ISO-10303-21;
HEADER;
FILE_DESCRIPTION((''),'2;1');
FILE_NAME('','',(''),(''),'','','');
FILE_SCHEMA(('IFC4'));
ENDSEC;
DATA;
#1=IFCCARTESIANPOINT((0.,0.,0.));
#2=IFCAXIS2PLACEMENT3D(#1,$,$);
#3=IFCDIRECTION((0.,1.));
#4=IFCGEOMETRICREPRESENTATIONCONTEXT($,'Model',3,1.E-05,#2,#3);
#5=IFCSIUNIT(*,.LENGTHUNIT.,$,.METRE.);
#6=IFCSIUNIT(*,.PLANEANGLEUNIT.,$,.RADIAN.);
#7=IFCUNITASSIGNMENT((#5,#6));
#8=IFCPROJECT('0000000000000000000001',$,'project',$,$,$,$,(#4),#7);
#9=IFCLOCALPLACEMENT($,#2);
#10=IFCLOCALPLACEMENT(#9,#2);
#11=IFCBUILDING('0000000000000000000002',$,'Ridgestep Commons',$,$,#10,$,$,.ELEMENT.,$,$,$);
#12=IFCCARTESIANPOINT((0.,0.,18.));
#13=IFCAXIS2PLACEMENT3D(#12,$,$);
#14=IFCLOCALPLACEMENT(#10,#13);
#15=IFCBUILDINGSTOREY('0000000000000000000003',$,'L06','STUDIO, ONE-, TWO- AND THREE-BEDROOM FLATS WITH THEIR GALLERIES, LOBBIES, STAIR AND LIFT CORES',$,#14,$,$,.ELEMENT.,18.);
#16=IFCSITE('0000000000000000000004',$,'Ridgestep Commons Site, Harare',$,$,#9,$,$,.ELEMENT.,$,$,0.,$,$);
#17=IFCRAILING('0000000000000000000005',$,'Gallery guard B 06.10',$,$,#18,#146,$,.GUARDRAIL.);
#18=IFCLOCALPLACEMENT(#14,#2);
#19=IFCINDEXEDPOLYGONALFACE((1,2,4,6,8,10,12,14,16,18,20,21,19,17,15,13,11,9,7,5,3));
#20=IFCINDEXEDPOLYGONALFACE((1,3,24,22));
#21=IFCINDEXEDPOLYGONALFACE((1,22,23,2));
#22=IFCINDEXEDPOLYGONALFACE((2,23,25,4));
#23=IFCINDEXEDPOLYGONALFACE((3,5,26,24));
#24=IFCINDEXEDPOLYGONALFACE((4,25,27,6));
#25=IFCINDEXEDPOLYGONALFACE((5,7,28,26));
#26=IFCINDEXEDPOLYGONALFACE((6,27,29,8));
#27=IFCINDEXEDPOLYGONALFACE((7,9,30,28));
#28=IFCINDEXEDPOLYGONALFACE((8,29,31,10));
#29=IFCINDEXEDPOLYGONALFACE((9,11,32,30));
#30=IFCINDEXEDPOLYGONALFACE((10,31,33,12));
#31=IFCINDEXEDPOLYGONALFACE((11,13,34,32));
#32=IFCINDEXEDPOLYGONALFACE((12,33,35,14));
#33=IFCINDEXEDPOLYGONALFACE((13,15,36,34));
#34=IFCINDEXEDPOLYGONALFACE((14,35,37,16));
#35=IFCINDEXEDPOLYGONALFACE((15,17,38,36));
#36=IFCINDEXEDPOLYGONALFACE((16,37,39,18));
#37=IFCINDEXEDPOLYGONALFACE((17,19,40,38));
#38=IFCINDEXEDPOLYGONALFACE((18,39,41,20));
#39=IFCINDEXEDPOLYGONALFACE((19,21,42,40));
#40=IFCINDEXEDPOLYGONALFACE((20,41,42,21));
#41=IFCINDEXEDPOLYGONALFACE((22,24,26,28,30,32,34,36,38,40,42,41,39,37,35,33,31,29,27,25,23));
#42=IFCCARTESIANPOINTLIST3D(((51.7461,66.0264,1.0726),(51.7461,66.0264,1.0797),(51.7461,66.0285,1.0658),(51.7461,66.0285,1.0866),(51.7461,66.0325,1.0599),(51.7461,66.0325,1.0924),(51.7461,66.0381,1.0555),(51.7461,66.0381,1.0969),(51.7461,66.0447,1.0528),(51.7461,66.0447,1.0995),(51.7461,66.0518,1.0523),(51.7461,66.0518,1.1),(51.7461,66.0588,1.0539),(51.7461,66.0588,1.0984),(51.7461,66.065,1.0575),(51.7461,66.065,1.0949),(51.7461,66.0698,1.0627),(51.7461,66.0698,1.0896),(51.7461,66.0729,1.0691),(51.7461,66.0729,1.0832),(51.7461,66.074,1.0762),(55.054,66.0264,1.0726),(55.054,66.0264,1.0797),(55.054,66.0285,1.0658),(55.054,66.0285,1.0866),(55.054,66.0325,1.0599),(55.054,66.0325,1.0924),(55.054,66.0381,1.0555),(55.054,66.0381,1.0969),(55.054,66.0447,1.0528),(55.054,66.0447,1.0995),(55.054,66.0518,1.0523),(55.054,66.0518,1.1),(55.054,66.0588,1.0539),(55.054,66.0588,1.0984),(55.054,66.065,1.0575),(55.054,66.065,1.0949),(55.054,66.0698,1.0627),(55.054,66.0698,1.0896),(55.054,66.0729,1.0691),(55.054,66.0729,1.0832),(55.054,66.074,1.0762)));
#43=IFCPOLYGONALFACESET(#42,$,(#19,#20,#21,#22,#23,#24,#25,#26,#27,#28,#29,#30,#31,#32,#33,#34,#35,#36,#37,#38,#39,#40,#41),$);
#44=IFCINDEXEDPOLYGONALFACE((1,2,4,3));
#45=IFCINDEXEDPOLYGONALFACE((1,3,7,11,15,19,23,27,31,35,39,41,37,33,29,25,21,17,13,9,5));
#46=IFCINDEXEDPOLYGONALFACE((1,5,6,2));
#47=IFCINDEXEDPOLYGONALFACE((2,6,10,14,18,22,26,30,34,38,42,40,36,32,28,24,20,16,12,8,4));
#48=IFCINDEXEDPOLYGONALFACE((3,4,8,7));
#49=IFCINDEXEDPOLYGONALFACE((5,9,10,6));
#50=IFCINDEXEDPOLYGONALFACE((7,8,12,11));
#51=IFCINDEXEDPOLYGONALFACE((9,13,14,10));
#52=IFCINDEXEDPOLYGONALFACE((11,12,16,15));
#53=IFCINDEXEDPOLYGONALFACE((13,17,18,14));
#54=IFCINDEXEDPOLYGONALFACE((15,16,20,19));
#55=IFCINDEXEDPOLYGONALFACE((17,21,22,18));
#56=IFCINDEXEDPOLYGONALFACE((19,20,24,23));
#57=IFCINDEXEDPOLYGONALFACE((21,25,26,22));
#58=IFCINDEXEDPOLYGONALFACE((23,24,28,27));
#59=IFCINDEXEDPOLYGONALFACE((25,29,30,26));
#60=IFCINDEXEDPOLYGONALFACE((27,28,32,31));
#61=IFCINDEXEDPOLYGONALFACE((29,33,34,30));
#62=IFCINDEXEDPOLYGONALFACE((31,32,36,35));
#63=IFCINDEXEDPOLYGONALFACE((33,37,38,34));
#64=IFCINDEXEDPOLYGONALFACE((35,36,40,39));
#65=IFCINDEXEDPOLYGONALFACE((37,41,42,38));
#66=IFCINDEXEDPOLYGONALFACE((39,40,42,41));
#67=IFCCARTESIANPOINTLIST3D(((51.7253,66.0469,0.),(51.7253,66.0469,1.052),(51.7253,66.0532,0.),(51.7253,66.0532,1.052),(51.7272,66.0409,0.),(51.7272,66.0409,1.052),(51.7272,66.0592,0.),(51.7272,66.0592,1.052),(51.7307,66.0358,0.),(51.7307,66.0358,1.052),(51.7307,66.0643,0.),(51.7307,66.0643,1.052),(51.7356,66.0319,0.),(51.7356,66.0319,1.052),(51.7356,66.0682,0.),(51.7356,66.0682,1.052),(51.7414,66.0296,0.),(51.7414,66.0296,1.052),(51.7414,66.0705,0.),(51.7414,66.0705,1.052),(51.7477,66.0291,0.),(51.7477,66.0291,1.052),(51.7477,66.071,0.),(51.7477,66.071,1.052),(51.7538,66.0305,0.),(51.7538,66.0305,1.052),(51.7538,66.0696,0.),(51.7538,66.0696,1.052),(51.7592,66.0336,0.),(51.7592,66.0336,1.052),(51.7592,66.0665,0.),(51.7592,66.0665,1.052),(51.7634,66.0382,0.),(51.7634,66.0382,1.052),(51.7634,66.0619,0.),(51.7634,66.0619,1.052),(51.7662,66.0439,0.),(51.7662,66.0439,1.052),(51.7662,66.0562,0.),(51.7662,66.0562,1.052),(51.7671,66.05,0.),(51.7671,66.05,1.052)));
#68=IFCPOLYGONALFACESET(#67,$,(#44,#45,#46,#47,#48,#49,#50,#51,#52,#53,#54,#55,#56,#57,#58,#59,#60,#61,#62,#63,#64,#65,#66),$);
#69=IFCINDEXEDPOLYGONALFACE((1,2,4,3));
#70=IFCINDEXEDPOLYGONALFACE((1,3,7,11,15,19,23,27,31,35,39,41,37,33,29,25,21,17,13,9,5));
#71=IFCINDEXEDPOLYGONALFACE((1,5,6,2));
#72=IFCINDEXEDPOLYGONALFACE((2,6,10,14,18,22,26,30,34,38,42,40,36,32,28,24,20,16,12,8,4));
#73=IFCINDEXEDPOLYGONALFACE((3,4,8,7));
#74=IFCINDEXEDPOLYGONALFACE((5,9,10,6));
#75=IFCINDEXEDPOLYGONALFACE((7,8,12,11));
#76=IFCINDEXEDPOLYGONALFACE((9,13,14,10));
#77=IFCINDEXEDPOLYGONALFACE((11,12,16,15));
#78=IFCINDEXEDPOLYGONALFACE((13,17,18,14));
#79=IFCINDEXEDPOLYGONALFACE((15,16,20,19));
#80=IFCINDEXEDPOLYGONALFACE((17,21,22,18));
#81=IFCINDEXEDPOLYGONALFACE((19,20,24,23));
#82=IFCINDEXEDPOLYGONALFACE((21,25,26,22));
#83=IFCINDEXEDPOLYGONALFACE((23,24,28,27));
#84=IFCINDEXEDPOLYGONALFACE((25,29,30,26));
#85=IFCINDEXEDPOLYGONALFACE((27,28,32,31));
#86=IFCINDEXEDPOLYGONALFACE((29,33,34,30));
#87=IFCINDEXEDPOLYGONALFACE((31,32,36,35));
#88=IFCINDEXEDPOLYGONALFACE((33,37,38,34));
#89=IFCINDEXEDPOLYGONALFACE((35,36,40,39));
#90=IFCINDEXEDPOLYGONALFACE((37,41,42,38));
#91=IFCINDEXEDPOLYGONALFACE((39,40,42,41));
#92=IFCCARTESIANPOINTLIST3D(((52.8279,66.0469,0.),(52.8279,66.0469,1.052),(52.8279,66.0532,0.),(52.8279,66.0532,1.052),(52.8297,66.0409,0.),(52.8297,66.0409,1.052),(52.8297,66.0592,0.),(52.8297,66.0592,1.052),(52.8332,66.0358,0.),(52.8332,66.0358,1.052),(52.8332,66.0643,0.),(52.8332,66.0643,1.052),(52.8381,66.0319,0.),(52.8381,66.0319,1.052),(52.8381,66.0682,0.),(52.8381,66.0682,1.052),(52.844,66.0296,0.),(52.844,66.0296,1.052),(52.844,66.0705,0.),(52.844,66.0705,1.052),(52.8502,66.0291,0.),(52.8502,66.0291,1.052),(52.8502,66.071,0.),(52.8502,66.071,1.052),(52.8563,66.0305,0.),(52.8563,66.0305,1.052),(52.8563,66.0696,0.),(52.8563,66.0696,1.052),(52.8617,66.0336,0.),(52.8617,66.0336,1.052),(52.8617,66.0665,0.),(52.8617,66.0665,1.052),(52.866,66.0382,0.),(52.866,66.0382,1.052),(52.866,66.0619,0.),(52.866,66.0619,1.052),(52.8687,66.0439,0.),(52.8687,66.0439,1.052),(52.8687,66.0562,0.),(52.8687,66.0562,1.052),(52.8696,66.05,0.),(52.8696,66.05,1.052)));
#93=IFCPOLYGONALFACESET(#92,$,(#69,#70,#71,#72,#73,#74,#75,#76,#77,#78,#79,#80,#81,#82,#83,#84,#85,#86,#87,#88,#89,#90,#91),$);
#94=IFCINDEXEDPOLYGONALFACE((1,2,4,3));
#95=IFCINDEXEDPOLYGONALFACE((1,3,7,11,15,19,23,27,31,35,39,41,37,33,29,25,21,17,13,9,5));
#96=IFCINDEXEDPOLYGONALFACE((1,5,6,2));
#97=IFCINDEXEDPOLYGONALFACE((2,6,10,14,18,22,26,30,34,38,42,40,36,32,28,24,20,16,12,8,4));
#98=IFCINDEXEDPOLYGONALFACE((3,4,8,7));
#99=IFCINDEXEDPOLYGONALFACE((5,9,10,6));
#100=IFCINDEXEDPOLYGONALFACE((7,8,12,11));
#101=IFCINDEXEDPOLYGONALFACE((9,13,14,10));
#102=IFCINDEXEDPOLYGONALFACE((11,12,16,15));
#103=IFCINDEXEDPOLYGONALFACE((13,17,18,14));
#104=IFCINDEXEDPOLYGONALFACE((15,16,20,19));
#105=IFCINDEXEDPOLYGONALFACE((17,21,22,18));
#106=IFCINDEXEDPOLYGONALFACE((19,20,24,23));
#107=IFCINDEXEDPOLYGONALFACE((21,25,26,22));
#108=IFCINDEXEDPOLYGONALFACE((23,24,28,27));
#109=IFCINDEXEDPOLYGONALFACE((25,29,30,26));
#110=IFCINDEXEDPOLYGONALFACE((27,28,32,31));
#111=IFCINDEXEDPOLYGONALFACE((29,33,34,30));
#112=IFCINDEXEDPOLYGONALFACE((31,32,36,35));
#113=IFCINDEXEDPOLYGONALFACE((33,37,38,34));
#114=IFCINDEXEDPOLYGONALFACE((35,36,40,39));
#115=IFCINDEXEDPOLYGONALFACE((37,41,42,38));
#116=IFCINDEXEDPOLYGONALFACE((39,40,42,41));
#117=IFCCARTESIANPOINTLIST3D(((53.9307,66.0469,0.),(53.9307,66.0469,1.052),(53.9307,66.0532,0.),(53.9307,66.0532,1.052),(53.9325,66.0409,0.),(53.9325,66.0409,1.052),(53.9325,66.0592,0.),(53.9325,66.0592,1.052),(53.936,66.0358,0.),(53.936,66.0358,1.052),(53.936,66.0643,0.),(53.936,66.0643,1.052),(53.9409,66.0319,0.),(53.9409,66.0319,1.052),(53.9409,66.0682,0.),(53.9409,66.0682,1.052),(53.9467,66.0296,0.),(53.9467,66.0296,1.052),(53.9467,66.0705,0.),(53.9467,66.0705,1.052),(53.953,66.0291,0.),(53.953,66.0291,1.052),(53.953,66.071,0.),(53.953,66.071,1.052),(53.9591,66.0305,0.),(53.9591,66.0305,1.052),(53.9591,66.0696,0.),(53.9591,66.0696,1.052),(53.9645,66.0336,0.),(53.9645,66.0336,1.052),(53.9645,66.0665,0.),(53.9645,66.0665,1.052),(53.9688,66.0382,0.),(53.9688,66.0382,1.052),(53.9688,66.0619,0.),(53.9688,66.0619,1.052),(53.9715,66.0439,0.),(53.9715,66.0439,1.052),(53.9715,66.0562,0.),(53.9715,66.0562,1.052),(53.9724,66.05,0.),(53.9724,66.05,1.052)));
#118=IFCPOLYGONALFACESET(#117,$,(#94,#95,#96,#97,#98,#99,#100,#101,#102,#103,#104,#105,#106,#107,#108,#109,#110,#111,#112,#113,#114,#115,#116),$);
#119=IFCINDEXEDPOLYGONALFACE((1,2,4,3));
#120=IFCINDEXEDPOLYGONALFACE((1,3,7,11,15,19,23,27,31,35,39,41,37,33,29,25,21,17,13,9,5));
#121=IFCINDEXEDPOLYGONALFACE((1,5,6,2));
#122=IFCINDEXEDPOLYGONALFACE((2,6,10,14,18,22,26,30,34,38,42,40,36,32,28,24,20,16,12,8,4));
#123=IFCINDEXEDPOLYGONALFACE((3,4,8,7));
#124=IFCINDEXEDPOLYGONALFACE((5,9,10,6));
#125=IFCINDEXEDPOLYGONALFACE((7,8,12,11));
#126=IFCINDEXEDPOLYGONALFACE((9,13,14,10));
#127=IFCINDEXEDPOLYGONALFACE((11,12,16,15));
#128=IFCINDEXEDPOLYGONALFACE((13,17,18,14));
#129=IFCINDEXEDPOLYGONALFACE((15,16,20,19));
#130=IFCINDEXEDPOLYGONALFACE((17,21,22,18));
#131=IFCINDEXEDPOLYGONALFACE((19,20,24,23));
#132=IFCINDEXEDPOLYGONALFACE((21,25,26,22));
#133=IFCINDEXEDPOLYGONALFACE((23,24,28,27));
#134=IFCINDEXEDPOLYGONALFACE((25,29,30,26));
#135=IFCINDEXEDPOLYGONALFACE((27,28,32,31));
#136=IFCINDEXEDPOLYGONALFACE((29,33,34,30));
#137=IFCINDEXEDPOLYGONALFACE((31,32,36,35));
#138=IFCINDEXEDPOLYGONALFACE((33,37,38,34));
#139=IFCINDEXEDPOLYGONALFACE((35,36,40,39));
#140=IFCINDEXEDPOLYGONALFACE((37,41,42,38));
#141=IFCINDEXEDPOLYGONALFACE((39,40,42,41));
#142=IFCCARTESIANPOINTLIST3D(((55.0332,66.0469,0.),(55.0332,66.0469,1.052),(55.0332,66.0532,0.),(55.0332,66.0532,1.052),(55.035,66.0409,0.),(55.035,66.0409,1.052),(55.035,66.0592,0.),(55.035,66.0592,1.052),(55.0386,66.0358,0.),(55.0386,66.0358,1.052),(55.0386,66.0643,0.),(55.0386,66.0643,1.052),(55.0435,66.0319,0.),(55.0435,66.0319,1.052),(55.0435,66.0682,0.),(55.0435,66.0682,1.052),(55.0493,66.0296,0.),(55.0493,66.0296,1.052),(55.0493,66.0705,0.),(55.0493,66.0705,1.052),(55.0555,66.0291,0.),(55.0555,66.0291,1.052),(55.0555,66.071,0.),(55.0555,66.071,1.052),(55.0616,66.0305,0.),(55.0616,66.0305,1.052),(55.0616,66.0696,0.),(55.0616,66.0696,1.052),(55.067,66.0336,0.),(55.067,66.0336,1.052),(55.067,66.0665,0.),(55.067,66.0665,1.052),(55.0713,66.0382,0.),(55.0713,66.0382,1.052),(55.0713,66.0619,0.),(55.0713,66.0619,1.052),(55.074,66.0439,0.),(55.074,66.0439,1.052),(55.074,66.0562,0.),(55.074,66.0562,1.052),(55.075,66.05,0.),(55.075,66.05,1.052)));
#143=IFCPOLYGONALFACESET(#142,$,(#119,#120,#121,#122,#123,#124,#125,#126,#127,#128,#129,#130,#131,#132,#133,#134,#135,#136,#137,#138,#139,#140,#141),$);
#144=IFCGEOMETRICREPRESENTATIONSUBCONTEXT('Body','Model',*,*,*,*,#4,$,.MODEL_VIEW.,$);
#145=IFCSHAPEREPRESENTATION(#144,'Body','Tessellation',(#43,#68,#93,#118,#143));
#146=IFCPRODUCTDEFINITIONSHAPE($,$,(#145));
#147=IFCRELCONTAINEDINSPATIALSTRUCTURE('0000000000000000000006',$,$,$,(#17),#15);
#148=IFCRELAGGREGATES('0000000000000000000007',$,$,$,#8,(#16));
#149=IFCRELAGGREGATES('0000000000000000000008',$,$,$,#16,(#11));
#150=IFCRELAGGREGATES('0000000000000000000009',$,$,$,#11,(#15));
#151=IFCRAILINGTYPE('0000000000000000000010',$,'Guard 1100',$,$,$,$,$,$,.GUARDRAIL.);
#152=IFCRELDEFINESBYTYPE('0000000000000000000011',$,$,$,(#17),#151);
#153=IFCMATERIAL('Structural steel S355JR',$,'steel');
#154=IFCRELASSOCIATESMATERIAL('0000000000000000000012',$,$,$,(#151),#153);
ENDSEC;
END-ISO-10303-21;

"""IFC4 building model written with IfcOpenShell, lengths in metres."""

from ifc_helpers import new_model, si_unit, direction, frame, origin, origin_2d, place, context, subcontext, project, spatial, circle, extrude, material, type_object, element, save


model = new_model("IFC4")

# Units and contexts
model_context = context("Model", 3, precision=1e-05, world=origin(), true_north=direction((0.0, 1.0)))
body_context = subcontext(model_context, "Body", "Model", "MODEL_VIEW")
ifc_project = project(units=[si_unit("LENGTHUNIT", "METRE"), si_unit("PLANEANGLEUNIT", "RADIAN")], contexts=[model_context])

# Site, building, storey
site_placement = place(None, origin())
site = spatial("IfcSite", under=ifc_project, at=site_placement, Name="Ridgestep Commons Site, Harare", CompositionType="ELEMENT", RefElevation=0.0)
building_placement = place(site_placement, origin())
building = spatial("IfcBuilding", under=site, at=building_placement, Name="Ridgestep Commons", CompositionType="ELEMENT")
storey_placement = place(building_placement, frame((0.0, 0.0, 18.0)))
storey = spatial("IfcBuildingStorey", under=building, at=storey_placement, Name="L06", Description="STUDIO, ONE-, TWO- AND THREE-BEDROOM FLATS WITH THEIR GALLERIES, LOBBIES, STAIR AND LIFT CORES", CompositionType="ELEMENT", Elevation=18.0)

# Railing
ifc_material_1 = material(Name="Structural steel S355JR", Category="steel")
railing_type = type_object("IfcRailingType", Name="Guard 1100", PredefinedType="GUARDRAIL", material=ifc_material_1)
railing_1_placement = place(storey_placement, frame((51.7461, 66.05, 0.0)))
element("IfcRailing", 1, at=railing_1_placement, inside=storey, type_object=railing_type, Name="Gallery guard B 06.10", PredefinedType="GUARDRAIL", context=body_context, shape_type="SweptSolid", body=[
    extrude(circle(Radius=0.0239, at=origin_2d()), frame((0.0, 0.0, 1.0762), z_axis=(1.0, 0.0, 0.0), x_axis=(0.0, 1.0, 0.0)), (0.0, 0.0, 1.0), 3.3079),
    extrude(circle(Radius=0.021, at=origin_2d()), origin(), (0.0, 0.0, 1.0), 1.052),
    extrude(circle(Radius=0.021, at=origin_2d()), frame((1.1025, 0.0, 0.0)), (0.0, 0.0, 1.0), 1.052),
    extrude(circle(Radius=0.021, at=origin_2d()), frame((2.2053, 0.0, 0.0)), (0.0, 0.0, 1.0), 1.052),
    extrude(circle(Radius=0.021, at=origin_2d()), frame((3.3079, 0.0, 0.0)), (0.0, 0.0, 1.0), 1.052),
])

save(model, "model.ifc")
